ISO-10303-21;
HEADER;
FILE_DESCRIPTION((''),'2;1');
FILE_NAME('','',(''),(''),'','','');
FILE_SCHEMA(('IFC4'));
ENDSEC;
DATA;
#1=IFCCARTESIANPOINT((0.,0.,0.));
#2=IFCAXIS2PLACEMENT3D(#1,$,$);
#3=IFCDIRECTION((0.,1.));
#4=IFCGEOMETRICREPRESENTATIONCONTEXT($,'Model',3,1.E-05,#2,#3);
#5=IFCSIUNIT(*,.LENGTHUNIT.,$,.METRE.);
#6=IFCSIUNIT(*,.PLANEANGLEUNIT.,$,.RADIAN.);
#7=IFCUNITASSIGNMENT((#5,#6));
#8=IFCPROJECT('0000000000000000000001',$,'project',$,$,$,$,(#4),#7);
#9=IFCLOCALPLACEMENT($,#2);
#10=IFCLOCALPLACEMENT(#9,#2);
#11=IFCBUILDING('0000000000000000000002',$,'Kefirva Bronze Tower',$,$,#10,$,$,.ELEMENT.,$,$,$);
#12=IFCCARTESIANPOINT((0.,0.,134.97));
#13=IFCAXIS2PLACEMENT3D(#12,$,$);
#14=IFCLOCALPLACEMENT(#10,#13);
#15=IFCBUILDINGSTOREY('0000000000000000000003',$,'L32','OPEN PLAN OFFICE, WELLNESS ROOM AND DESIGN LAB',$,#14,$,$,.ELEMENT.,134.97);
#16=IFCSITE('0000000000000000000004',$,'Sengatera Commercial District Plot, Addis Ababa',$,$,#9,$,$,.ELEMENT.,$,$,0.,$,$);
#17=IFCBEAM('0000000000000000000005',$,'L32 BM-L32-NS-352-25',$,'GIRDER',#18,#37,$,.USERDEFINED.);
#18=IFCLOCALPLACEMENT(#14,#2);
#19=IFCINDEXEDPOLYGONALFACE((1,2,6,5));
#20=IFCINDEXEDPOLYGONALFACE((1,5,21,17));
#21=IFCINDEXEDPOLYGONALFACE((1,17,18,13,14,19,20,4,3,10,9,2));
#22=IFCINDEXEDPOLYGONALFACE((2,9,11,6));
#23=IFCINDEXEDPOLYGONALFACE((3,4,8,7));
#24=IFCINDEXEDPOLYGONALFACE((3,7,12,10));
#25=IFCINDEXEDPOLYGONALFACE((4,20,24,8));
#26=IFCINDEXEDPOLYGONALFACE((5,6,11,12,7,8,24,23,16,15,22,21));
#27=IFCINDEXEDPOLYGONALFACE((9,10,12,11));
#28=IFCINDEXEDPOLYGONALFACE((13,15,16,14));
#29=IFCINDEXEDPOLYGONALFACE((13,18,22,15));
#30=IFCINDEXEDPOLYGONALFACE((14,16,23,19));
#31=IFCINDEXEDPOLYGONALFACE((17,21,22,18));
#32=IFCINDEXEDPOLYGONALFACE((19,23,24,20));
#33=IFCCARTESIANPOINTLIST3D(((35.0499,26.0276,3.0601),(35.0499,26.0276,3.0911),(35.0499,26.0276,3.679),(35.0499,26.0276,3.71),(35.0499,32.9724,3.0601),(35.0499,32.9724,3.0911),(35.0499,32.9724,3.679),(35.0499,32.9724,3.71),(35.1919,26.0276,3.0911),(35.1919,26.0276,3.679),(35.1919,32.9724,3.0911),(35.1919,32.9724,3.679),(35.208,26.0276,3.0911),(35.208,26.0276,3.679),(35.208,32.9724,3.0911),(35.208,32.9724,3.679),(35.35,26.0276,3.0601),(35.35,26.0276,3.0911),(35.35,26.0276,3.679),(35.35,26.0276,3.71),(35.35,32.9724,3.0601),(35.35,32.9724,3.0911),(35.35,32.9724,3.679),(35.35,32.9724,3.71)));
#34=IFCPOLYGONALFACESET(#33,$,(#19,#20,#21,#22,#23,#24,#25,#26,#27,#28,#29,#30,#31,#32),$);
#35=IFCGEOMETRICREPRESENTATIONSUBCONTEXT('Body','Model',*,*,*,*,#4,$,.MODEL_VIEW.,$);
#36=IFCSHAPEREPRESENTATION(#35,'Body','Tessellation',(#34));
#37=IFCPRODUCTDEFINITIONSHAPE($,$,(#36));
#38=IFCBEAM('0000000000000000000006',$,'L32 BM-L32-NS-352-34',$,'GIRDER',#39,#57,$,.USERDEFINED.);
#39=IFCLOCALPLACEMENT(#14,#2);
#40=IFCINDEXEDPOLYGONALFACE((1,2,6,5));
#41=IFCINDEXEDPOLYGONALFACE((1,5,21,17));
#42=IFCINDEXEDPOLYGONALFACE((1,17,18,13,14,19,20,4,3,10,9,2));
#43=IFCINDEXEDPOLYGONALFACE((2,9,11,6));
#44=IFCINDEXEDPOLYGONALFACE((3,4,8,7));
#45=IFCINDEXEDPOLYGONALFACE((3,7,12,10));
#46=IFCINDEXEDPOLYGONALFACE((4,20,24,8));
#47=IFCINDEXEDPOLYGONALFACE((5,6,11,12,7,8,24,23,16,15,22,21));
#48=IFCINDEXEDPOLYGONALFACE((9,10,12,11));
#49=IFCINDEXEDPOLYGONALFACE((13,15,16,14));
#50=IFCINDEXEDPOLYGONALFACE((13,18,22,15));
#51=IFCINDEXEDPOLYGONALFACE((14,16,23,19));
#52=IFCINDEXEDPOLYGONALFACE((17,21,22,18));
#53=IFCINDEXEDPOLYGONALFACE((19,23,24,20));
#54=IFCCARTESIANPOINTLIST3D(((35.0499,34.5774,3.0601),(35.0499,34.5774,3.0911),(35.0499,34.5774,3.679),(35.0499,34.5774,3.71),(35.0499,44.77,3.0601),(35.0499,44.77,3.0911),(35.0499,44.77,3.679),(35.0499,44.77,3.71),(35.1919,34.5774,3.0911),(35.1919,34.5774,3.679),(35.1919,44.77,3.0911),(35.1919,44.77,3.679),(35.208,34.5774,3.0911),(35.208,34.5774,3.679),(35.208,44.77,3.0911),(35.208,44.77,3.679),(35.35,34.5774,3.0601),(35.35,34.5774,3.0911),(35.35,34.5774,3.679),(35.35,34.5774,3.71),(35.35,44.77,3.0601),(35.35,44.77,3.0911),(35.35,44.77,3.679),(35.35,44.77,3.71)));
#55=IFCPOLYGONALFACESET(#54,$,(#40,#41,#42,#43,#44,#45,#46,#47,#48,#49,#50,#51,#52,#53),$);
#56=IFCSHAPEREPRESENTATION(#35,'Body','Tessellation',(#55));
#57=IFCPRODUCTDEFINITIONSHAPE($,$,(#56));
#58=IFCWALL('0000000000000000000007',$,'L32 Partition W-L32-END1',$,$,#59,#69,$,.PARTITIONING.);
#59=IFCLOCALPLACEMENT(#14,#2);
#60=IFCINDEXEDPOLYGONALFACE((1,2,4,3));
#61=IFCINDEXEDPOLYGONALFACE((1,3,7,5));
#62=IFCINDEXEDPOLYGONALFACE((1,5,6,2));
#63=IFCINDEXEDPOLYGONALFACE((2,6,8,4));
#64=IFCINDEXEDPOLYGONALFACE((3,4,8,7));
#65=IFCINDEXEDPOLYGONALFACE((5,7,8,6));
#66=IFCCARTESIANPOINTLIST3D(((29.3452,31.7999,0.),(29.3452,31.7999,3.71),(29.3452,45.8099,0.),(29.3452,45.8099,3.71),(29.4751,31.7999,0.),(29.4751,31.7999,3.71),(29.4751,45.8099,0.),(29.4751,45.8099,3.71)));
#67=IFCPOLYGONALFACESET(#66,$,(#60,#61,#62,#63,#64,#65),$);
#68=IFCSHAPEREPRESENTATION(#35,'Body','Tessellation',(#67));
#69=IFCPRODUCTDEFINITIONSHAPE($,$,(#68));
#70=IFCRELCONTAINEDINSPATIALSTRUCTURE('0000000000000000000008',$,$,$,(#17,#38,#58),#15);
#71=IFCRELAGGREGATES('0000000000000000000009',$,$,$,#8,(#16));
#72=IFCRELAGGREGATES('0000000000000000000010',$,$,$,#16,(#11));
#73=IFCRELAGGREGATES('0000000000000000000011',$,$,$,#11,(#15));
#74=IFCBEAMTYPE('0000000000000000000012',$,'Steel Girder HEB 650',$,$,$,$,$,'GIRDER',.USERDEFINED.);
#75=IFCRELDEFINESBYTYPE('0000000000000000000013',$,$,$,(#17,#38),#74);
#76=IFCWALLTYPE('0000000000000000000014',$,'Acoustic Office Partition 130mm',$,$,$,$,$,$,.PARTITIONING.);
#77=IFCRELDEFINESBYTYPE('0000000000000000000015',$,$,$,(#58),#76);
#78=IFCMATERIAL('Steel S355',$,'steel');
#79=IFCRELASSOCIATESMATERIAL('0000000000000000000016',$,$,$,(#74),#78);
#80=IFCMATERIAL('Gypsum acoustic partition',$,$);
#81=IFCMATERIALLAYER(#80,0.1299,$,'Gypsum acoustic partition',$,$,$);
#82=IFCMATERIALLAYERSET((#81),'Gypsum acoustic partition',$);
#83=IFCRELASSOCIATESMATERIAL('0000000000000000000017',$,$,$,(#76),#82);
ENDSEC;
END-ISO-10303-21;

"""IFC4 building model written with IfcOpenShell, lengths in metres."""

from ifc_helpers import new_model, si_unit, direction, frame, frame_2d, origin, origin_2d, place, context, subcontext, project, spatial, rectangle, i_section, extrude, material, layer, layer_set, material_profile, profile_set, type_object, element, save


model = new_model("IFC4")

# Units and contexts
model_context = context("Model", 3, precision=1e-05, world=origin(), true_north=direction((0.0, 1.0)))
body_context = subcontext(model_context, "Body", "Model", "MODEL_VIEW")
ifc_project = project(units=[si_unit("LENGTHUNIT", "METRE"), si_unit("PLANEANGLEUNIT", "RADIAN")], contexts=[model_context])

# Site, building, storey
site_placement = place(None, origin())
site = spatial("IfcSite", under=ifc_project, at=site_placement, Name="Sengatera Commercial District Plot, Addis Ababa", CompositionType="ELEMENT", RefElevation=0.0)
building_placement = place(site_placement, origin())
building = spatial("IfcBuilding", under=site, at=building_placement, Name="Kefirva Bronze Tower", CompositionType="ELEMENT")
storey_placement = place(building_placement, frame((0.0, 0.0, 134.97)))
storey = spatial("IfcBuildingStorey", under=building, at=storey_placement, Name="L32", Description="OPEN PLAN OFFICE, WELLNESS ROOM AND DESIGN LAB", CompositionType="ELEMENT", Elevation=134.97)

# Beams
ifc_material_1 = material(Name="Steel S355", Category="steel")
ifc_material_profile_1 = material_profile(ifc_material_1, i_section(OverallWidth=0.3, OverallDepth=0.6499, WebThickness=0.0161, FlangeThickness=0.031, at=origin_2d()), Name="HEB 650")
ifc_profile_set_1 = profile_set([ifc_material_profile_1], Name="Steel S355")
beam_type_1 = type_object("IfcBeamType", Name="Steel Girder HEB 650", ElementType="GIRDER", PredefinedType="USERDEFINED", material=ifc_profile_set_1)
beam_1_placement = place(storey_placement, frame((35.2, 26.0276, 3.385), z_axis=(0.0, 1.0, 0.0), x_axis=(-1.0, 0.0, 0.0)))
element("IfcBeam", 1, at=beam_1_placement, inside=storey, type_object=beam_type_1, Name="L32 BM-L32-NS-352-25", ObjectType="GIRDER", PredefinedType="USERDEFINED", context=body_context, shape_type="SweptSolid", body=[
    extrude(i_section(OverallWidth=0.3, OverallDepth=0.6499, WebThickness=0.0161, FlangeThickness=0.031, at=origin_2d()), origin(), (0.0, 0.0, 1.0), 6.9448),
])
beam_2_placement = place(storey_placement, frame((35.2, 34.5774, 3.385), z_axis=(0.0, 1.0, 0.0), x_axis=(-1.0, 0.0, 0.0)))
element("IfcBeam", 2, at=beam_2_placement, inside=storey, type_object=beam_type_1, Name="L32 BM-L32-NS-352-34", ObjectType="GIRDER", PredefinedType="USERDEFINED", context=body_context, shape_type="SweptSolid", body=[
    extrude(i_section(OverallWidth=0.3, OverallDepth=0.6499, WebThickness=0.0161, FlangeThickness=0.031, at=origin_2d()), origin(), (0.0, 0.0, 1.0), 10.1926),
])

# Wall
ifc_material_2 = material(Name="Gypsum acoustic partition")
ifc_layer = layer(ifc_material_2, 0.1299, Name="Gypsum acoustic partition")
ifc_layer_set = layer_set([ifc_layer], Name="Gypsum acoustic partition")
wall_type = type_object("IfcWallType", Name="Acoustic Office Partition 130mm", PredefinedType="PARTITIONING", material=ifc_layer_set)
wall_placement = place(storey_placement, frame((29.4102, 31.8, 0.0), z_axis=(0.0, 0.0, 1.0), x_axis=(0.0, 1.0, 0.0)))
element("IfcWall", 3, at=wall_placement, inside=storey, type_object=wall_type, Name="L32 Partition W-L32-END1", PredefinedType="PARTITIONING", context=body_context, shape_type="SweptSolid", body=[
    extrude(rectangle(XDim=14.01, YDim=0.1299, at=frame_2d((7.0049, 0.0))), origin(), (0.0, 0.0, 1.0), 3.71),
])

save(model, "model.ifc")
